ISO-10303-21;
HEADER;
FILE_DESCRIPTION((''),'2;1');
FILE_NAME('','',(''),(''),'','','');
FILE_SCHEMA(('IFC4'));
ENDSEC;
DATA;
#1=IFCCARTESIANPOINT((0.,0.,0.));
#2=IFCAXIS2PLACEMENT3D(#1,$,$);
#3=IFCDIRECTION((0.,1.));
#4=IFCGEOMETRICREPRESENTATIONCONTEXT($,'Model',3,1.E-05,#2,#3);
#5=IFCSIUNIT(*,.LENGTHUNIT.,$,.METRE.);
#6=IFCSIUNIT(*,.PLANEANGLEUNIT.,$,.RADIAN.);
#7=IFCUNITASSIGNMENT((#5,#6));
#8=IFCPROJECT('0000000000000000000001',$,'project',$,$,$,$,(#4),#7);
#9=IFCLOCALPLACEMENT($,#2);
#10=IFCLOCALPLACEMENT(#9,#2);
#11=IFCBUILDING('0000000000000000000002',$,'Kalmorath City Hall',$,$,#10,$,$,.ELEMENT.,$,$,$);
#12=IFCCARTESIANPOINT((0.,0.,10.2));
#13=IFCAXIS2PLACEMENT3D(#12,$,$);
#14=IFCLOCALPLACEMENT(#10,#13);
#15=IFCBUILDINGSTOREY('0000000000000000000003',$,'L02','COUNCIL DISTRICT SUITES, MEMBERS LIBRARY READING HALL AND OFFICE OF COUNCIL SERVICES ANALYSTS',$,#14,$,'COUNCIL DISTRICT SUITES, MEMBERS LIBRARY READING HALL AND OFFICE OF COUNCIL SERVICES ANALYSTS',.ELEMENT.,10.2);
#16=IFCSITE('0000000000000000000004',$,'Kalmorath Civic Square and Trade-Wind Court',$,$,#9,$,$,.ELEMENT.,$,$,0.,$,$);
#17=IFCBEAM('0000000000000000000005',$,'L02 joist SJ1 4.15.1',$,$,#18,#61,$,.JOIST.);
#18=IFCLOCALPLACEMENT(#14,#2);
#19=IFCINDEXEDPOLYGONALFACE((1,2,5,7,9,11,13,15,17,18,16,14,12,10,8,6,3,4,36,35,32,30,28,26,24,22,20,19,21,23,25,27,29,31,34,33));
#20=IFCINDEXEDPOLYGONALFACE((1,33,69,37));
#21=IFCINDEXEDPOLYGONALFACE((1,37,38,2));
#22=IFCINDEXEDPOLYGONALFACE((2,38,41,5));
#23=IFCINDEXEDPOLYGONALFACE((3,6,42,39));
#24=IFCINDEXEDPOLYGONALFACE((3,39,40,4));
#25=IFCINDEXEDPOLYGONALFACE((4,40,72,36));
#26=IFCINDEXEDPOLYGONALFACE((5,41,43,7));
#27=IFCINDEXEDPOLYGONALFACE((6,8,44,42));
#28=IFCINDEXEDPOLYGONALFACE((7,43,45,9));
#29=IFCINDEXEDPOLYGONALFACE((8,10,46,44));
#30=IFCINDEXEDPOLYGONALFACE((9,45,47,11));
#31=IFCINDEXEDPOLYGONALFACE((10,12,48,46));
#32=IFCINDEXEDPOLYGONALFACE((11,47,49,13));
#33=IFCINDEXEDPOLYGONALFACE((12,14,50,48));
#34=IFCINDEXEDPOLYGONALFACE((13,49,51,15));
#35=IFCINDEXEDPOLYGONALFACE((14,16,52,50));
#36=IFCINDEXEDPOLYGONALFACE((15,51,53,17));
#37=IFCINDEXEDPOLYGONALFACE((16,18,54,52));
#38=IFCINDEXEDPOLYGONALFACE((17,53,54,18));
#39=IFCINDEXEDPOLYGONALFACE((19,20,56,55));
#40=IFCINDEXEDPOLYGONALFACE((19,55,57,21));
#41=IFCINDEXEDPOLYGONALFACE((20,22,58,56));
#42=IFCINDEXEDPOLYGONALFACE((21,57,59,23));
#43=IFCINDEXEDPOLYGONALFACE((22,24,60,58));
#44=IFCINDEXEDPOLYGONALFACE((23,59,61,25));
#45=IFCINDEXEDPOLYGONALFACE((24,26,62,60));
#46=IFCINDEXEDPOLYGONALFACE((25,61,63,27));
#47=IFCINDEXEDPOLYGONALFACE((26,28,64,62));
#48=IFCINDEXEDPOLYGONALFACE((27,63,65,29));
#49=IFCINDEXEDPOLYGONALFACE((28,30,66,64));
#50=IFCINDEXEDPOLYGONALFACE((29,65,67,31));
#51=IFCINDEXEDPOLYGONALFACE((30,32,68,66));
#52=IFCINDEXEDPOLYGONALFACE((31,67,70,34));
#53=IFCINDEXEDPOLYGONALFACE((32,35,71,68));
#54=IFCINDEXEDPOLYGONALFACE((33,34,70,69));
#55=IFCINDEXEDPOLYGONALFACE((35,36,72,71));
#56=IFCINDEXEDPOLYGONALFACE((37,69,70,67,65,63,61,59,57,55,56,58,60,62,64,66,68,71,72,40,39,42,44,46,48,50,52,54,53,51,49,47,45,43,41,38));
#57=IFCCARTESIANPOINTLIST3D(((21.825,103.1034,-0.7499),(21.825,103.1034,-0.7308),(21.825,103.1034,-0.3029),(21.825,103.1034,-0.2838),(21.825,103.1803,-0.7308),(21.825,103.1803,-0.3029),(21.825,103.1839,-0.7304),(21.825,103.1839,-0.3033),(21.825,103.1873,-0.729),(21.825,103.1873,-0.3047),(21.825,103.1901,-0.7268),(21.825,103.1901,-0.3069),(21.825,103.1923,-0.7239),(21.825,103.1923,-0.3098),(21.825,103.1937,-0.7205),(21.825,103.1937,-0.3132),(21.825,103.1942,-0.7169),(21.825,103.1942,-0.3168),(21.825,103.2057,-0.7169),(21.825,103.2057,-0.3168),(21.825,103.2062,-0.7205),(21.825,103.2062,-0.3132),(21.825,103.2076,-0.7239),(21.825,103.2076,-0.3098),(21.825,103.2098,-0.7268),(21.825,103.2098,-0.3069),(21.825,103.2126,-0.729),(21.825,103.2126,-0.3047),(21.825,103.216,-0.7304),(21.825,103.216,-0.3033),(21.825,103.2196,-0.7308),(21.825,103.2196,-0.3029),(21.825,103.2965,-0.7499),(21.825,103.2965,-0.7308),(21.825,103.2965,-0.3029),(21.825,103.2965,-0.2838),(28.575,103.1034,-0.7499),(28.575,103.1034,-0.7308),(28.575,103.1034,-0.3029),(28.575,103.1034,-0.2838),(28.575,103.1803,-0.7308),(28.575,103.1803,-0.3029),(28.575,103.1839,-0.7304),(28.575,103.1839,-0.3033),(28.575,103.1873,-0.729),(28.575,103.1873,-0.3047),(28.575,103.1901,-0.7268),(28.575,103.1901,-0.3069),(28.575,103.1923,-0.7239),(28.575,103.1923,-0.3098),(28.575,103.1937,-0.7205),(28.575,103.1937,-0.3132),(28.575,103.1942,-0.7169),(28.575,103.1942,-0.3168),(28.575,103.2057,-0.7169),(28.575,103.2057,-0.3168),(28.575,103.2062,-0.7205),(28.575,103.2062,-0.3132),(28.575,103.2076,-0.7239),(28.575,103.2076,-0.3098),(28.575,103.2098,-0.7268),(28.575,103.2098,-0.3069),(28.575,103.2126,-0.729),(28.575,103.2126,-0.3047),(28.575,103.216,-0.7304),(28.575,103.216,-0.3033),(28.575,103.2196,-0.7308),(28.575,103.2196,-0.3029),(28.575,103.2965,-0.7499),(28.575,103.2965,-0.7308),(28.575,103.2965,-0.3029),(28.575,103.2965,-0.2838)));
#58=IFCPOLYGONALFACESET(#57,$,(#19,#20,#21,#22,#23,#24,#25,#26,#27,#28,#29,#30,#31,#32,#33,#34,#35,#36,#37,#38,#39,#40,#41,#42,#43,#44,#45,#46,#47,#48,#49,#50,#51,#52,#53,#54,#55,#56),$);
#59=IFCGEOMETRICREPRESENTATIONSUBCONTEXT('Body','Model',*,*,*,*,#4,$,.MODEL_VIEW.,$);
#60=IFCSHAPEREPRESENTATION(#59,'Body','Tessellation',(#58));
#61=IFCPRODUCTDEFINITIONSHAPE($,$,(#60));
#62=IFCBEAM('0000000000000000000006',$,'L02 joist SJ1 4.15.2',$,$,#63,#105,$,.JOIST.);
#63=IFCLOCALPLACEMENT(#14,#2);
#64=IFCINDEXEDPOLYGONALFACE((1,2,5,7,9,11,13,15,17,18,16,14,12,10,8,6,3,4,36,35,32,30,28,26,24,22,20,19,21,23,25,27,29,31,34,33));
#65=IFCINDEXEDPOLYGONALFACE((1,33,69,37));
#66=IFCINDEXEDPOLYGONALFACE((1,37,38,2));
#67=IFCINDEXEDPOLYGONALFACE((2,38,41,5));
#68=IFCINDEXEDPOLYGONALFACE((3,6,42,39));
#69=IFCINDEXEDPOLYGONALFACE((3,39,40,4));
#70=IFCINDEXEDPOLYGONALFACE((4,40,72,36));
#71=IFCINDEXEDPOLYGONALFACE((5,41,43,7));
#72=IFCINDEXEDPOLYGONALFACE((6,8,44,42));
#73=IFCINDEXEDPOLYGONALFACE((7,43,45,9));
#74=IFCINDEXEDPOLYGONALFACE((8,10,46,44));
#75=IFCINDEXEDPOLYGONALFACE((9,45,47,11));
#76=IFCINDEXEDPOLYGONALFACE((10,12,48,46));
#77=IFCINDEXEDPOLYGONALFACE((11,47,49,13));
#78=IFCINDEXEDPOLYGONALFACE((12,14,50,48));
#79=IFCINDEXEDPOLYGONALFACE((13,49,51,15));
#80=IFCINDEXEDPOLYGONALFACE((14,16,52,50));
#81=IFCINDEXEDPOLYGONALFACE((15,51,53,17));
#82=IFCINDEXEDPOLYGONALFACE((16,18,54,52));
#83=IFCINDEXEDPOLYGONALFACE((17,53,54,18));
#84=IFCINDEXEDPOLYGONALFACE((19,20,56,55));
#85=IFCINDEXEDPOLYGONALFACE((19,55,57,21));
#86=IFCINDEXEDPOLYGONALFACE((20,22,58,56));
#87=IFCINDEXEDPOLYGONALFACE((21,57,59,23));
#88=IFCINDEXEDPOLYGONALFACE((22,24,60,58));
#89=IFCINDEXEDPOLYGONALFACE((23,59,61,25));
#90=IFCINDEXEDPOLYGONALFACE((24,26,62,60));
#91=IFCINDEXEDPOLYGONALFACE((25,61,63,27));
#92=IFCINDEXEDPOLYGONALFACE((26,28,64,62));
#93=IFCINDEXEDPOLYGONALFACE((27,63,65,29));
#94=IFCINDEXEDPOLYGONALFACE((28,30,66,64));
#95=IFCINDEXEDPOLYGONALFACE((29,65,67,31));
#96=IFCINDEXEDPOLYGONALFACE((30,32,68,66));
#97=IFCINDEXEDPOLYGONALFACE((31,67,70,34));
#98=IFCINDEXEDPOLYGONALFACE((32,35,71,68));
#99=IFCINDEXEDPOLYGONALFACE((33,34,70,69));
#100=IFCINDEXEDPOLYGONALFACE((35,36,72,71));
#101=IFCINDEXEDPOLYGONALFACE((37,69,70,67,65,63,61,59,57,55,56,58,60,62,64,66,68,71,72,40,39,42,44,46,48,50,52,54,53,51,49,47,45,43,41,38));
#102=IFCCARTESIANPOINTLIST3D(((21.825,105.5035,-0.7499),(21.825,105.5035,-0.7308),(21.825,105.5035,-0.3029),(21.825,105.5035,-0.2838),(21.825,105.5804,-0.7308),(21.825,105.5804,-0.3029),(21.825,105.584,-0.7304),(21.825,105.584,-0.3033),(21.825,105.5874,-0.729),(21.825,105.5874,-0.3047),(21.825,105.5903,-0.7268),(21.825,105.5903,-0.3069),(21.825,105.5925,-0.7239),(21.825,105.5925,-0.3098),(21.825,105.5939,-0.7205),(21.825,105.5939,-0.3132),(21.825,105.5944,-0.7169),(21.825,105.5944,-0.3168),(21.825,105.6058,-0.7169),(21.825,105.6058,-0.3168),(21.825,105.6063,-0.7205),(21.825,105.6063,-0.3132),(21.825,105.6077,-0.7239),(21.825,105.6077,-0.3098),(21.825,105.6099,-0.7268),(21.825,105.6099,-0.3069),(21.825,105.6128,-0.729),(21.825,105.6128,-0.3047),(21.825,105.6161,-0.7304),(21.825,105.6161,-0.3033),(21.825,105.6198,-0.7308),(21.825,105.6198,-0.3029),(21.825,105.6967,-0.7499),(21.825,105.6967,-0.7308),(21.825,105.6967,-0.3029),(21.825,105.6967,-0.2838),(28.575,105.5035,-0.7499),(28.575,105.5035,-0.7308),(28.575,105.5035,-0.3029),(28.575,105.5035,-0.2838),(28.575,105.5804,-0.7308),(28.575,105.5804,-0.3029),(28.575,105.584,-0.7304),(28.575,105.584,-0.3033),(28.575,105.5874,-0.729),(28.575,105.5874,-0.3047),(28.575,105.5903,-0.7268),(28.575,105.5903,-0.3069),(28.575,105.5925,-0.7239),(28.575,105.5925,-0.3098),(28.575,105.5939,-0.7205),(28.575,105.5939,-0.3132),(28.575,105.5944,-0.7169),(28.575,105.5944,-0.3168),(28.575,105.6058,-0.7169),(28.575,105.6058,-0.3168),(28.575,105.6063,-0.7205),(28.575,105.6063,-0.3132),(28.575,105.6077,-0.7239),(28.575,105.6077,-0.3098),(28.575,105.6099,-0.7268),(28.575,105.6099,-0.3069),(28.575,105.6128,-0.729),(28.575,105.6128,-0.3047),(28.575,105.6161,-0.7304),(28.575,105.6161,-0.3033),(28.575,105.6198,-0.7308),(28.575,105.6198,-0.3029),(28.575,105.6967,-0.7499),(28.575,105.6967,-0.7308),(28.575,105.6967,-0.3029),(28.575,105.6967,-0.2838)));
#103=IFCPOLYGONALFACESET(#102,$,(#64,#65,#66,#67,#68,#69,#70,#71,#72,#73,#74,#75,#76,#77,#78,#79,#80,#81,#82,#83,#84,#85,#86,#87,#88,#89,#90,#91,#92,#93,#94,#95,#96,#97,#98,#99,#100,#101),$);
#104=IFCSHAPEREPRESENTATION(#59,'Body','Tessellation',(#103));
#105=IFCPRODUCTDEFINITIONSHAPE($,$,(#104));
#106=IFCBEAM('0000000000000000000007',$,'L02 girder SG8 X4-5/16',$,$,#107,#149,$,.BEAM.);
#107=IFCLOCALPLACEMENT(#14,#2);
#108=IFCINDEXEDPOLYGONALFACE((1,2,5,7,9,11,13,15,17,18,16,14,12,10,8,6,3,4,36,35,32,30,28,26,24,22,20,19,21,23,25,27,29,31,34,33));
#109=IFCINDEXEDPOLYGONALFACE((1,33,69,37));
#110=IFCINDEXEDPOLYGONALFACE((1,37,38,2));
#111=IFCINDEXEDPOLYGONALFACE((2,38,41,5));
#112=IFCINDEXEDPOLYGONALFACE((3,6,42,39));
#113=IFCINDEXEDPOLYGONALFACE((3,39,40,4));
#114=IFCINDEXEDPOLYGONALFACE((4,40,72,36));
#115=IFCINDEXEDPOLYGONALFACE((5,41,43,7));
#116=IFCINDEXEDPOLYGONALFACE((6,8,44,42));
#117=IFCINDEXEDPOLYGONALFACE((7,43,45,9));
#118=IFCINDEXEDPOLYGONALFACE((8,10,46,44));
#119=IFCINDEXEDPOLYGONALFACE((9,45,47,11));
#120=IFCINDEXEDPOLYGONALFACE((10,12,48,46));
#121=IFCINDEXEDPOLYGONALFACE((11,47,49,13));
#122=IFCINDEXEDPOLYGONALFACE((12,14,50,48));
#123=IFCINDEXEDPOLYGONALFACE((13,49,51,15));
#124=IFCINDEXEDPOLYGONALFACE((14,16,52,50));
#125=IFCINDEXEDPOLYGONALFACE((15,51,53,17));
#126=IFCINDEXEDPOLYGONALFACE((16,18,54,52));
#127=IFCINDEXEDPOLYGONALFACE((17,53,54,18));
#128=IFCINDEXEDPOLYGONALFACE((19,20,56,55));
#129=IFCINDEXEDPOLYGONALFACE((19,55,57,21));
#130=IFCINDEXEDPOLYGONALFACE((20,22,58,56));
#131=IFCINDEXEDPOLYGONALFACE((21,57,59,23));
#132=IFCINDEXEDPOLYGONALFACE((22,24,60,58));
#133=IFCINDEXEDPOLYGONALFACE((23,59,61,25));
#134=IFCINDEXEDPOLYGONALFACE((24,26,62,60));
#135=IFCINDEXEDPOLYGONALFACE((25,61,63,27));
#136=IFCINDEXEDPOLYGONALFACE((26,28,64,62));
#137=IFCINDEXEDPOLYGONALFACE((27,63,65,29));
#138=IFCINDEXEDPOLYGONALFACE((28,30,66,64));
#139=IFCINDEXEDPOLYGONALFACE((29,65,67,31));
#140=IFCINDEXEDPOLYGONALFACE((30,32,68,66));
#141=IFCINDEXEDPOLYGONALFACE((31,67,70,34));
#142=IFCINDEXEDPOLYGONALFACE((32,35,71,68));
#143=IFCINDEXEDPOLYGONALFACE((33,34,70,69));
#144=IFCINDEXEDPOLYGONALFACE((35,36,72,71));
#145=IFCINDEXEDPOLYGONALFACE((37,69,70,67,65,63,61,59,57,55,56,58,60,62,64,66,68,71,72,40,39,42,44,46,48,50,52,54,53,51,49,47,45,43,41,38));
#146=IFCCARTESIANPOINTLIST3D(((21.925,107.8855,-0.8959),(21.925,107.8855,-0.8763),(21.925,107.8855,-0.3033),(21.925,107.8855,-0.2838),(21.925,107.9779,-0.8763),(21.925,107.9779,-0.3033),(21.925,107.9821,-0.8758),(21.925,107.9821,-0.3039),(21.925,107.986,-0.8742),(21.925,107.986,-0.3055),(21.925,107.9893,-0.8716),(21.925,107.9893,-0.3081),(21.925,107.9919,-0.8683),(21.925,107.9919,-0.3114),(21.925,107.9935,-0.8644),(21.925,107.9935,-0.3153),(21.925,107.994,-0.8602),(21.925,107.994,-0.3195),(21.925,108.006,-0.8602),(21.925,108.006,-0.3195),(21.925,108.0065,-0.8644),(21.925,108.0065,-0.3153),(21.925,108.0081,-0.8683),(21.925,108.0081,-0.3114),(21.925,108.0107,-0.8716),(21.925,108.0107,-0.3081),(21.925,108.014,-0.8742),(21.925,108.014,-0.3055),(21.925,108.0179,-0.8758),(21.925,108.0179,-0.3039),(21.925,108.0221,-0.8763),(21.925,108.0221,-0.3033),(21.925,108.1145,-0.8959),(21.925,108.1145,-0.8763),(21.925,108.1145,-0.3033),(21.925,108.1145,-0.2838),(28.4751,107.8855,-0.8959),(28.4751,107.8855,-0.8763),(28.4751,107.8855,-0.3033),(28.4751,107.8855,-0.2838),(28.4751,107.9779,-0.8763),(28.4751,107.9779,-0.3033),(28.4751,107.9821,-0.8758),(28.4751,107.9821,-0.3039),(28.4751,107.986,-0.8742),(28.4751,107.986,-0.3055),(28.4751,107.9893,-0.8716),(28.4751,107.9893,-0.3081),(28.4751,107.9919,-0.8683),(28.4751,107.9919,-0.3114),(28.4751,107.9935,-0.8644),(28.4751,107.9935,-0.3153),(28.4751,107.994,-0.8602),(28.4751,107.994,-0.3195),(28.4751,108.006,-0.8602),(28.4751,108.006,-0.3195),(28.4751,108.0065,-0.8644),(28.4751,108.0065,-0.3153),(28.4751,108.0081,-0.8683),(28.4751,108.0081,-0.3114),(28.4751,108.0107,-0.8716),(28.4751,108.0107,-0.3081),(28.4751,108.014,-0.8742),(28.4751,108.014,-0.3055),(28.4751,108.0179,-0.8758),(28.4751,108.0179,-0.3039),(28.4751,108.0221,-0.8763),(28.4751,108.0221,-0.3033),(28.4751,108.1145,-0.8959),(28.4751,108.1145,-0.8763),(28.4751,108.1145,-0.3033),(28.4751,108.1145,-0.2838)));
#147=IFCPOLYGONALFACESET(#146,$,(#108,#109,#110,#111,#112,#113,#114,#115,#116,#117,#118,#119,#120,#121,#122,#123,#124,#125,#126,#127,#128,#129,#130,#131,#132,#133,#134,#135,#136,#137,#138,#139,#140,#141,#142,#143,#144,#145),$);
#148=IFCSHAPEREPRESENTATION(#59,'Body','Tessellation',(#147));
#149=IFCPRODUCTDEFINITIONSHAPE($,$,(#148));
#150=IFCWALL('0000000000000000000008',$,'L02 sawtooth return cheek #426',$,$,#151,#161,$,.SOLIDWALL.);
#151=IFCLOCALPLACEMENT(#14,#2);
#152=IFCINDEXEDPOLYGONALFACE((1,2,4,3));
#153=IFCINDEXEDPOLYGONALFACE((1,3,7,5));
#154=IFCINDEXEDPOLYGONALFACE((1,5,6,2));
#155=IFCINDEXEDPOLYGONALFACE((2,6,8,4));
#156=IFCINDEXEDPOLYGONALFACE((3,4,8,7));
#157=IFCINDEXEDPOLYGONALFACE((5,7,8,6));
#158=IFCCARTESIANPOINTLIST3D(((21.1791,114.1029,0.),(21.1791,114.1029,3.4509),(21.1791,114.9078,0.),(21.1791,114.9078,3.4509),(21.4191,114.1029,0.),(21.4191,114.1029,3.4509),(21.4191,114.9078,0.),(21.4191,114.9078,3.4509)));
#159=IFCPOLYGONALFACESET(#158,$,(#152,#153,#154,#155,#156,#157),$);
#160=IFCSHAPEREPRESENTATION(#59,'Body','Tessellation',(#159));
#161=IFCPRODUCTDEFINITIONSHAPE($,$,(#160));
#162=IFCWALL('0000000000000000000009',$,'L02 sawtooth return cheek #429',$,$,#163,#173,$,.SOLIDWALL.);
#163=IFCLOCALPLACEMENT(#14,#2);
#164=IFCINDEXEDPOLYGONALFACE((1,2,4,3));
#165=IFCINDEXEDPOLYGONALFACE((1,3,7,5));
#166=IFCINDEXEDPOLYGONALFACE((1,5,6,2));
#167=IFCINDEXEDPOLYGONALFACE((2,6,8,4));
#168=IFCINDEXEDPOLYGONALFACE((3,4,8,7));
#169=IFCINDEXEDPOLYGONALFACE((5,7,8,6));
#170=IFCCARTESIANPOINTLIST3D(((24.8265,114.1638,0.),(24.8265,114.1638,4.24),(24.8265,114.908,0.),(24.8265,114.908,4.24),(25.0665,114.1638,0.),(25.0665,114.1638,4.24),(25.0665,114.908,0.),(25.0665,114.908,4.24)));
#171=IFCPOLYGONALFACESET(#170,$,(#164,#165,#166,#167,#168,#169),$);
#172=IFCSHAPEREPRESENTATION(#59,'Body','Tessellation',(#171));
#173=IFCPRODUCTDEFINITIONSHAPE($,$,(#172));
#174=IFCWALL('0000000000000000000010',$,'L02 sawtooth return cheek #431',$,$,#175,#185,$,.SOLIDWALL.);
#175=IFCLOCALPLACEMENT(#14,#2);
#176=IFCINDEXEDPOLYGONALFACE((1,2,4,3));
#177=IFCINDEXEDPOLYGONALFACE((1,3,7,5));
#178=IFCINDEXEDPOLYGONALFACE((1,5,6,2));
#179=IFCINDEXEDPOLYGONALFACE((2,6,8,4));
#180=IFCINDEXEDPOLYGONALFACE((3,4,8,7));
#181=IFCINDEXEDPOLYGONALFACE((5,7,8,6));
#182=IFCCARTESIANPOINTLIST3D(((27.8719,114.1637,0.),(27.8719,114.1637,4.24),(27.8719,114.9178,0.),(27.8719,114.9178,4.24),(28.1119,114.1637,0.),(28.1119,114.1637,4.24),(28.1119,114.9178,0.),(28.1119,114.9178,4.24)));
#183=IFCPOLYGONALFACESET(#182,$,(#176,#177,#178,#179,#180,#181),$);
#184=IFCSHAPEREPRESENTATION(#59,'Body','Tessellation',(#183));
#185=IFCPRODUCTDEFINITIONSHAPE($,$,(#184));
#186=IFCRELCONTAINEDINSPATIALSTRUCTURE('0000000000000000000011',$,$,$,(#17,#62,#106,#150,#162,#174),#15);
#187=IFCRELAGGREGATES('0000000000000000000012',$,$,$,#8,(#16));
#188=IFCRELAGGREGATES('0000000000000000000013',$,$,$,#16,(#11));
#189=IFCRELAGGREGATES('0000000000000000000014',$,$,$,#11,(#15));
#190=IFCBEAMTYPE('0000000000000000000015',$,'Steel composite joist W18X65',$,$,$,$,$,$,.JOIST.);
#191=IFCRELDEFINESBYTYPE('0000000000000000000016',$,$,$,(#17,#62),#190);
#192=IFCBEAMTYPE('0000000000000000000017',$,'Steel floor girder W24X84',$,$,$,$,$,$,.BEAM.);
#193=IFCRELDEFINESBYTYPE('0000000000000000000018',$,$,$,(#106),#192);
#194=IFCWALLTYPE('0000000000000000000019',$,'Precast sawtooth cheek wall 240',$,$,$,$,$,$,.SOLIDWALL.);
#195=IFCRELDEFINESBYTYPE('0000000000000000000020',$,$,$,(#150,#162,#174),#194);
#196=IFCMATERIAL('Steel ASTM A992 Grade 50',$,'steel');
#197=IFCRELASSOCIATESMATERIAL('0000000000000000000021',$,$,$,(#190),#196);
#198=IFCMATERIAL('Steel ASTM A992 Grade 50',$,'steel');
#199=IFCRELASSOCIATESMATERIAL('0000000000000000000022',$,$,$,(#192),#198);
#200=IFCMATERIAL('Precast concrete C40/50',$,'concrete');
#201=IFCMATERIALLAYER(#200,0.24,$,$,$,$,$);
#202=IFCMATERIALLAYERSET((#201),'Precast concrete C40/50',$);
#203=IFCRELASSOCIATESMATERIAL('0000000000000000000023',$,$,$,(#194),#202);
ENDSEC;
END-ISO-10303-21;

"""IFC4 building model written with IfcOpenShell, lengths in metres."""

from ifc_helpers import new_model, si_unit, direction, frame, frame_2d, origin, origin_2d, place, context, subcontext, project, spatial, rectangle, i_section, extrude, material, layer, layer_set, material_profile, profile_set, type_object, element, save


model = new_model("IFC4")

# Units and contexts
model_context = context("Model", 3, precision=1e-05, world=origin(), true_north=direction((0.0, 1.0)))
body_context = subcontext(model_context, "Body", "Model", "MODEL_VIEW")
ifc_project = project(units=[si_unit("LENGTHUNIT", "METRE"), si_unit("PLANEANGLEUNIT", "RADIAN")], contexts=[model_context])

# Site, building, storey
site_placement = place(None, origin())
site = spatial("IfcSite", under=ifc_project, at=site_placement, Name="Kalmorath Civic Square and Trade-Wind Court", CompositionType="ELEMENT", RefElevation=0.0)
building_placement = place(site_placement, origin())
building = spatial("IfcBuilding", under=site, at=building_placement, Name="Kalmorath City Hall", CompositionType="ELEMENT")
storey_placement = place(building_placement, frame((0.0, 0.0, 10.2)))
storey = spatial("IfcBuildingStorey", under=building, at=storey_placement, Name="L02", Description="COUNCIL DISTRICT SUITES, MEMBERS LIBRARY READING HALL AND OFFICE OF COUNCIL SERVICES ANALYSTS", LongName="COUNCIL DISTRICT SUITES, MEMBERS LIBRARY READING HALL AND OFFICE OF COUNCIL SERVICES ANALYSTS", CompositionType="ELEMENT", Elevation=10.2)

# Beams
ifc_material_1 = material(Name="Steel ASTM A992 Grade 50", Category="steel")
ifc_material_profile_1 = material_profile(ifc_material_1, i_section(OverallWidth=0.1931, OverallDepth=0.4661, WebThickness=0.0115, FlangeThickness=0.019, FilletRadius=0.0139, at=origin_2d()), Name="W18X65")
ifc_profile_set_1 = profile_set([ifc_material_profile_1], Name="Steel ASTM A992 Grade 50")
beam_type_1 = type_object("IfcBeamType", Name="Steel composite joist W18X65", PredefinedType="JOIST", material=ifc_profile_set_1)
for number, where, z_axis, x_axis, name in (
    (1, (21.825, 103.2, -0.5168), (1.0, 0.0, 0.0), (0.0, 1.0, 0.0), "L02 joist SJ1 4.15.1"),
    (2, (21.825, 105.6001, -0.5168), (1.0, 0.0, 0.0), (0.0, 1.0, 0.0), "L02 joist SJ1 4.15.2"),
):
    element("IfcBeam", number, at=place(storey_placement, frame(where, z_axis=z_axis, x_axis=x_axis)), inside=storey, type_object=beam_type_1, Name=name, PredefinedType="JOIST", context=body_context, shape_type="SweptSolid", body=[
        extrude(i_section(OverallWidth=0.1931, OverallDepth=0.4661, WebThickness=0.0115, FlangeThickness=0.019, FilletRadius=0.0139, at=origin_2d()), origin(), (0.0, 0.0, 1.0), 6.75),
    ])
ifc_material_2 = material(Name="Steel ASTM A992 Grade 50", Category="steel")
ifc_material_profile_2 = material_profile(ifc_material_2, i_section(OverallWidth=0.229, OverallDepth=0.6121, WebThickness=0.012, FlangeThickness=0.0195, FilletRadius=0.0161, at=origin_2d()), Name="W24X84")
ifc_profile_set_2 = profile_set([ifc_material_profile_2], Name="Steel ASTM A992 Grade 50")
beam_type_2 = type_object("IfcBeamType", Name="Steel floor girder W24X84", PredefinedType="BEAM", material=ifc_profile_set_2)
beam_1_placement = place(storey_placement, frame((21.925, 108.0, -0.5898), z_axis=(1.0, 0.0, 0.0), x_axis=(0.0, 1.0, 0.0)))
element("IfcBeam", 3, at=beam_1_placement, inside=storey, type_object=beam_type_2, Name="L02 girder SG8 X4-5/16", PredefinedType="BEAM", context=body_context, shape_type="SweptSolid", body=[
    extrude(i_section(OverallWidth=0.229, OverallDepth=0.6121, WebThickness=0.012, FlangeThickness=0.0195, FilletRadius=0.0161, at=origin_2d()), origin(), (0.0, 0.0, 1.0), 6.55),
])

# Walls
ifc_material_3 = material(Name="Precast concrete C40/50", Category="concrete")
ifc_layer_1 = layer(ifc_material_3, 0.24)
ifc_layer_set_1 = layer_set([ifc_layer_1], Name="Precast concrete C40/50")
wall_type_1 = type_object("IfcWallType", Name="Precast sawtooth cheek wall 240", PredefinedType="SOLIDWALL", material=ifc_layer_set_1)
wall_1_placement = place(storey_placement, frame((21.2991, 114.103, 0.0), z_axis=(0.0, 0.0, 1.0), x_axis=(0.0, 1.0, 0.0)))
element("IfcWall", 4, at=wall_1_placement, inside=storey, type_object=wall_type_1, Name="L02 sawtooth return cheek #426", PredefinedType="SOLIDWALL", context=body_context, shape_type="SweptSolid", body=[
    extrude(rectangle(XDim=0.8049, YDim=0.24, at=frame_2d((0.4023, 0.0))), origin(), (0.0, 0.0, 1.0), 3.4509),
])
wall_2_placement = place(storey_placement, frame((24.9465, 114.1638, 0.0), z_axis=(0.0, 0.0, 1.0), x_axis=(0.0, 1.0, 0.0)))
element("IfcWall", 5, at=wall_2_placement, inside=storey, type_object=wall_type_1, Name="L02 sawtooth return cheek #429", PredefinedType="SOLIDWALL", context=body_context, shape_type="SweptSolid", body=[
    extrude(rectangle(XDim=0.7441, YDim=0.24, at=frame_2d((0.3721, 0.0))), origin(), (0.0, 0.0, 1.0), 4.24),
])
wall_3_placement = place(storey_placement, frame((27.9919, 114.1638, 0.0), z_axis=(0.0, 0.0, 1.0), x_axis=(0.0, 1.0, 0.0)))
element("IfcWall", 6, at=wall_3_placement, inside=storey, type_object=wall_type_1, Name="L02 sawtooth return cheek #431", PredefinedType="SOLIDWALL", context=body_context, shape_type="SweptSolid", body=[
    extrude(rectangle(XDim=0.7542, YDim=0.24, at=frame_2d((0.377, 0.0))), origin(), (0.0, 0.0, 1.0), 4.24),
])

save(model, "model.ifc")
